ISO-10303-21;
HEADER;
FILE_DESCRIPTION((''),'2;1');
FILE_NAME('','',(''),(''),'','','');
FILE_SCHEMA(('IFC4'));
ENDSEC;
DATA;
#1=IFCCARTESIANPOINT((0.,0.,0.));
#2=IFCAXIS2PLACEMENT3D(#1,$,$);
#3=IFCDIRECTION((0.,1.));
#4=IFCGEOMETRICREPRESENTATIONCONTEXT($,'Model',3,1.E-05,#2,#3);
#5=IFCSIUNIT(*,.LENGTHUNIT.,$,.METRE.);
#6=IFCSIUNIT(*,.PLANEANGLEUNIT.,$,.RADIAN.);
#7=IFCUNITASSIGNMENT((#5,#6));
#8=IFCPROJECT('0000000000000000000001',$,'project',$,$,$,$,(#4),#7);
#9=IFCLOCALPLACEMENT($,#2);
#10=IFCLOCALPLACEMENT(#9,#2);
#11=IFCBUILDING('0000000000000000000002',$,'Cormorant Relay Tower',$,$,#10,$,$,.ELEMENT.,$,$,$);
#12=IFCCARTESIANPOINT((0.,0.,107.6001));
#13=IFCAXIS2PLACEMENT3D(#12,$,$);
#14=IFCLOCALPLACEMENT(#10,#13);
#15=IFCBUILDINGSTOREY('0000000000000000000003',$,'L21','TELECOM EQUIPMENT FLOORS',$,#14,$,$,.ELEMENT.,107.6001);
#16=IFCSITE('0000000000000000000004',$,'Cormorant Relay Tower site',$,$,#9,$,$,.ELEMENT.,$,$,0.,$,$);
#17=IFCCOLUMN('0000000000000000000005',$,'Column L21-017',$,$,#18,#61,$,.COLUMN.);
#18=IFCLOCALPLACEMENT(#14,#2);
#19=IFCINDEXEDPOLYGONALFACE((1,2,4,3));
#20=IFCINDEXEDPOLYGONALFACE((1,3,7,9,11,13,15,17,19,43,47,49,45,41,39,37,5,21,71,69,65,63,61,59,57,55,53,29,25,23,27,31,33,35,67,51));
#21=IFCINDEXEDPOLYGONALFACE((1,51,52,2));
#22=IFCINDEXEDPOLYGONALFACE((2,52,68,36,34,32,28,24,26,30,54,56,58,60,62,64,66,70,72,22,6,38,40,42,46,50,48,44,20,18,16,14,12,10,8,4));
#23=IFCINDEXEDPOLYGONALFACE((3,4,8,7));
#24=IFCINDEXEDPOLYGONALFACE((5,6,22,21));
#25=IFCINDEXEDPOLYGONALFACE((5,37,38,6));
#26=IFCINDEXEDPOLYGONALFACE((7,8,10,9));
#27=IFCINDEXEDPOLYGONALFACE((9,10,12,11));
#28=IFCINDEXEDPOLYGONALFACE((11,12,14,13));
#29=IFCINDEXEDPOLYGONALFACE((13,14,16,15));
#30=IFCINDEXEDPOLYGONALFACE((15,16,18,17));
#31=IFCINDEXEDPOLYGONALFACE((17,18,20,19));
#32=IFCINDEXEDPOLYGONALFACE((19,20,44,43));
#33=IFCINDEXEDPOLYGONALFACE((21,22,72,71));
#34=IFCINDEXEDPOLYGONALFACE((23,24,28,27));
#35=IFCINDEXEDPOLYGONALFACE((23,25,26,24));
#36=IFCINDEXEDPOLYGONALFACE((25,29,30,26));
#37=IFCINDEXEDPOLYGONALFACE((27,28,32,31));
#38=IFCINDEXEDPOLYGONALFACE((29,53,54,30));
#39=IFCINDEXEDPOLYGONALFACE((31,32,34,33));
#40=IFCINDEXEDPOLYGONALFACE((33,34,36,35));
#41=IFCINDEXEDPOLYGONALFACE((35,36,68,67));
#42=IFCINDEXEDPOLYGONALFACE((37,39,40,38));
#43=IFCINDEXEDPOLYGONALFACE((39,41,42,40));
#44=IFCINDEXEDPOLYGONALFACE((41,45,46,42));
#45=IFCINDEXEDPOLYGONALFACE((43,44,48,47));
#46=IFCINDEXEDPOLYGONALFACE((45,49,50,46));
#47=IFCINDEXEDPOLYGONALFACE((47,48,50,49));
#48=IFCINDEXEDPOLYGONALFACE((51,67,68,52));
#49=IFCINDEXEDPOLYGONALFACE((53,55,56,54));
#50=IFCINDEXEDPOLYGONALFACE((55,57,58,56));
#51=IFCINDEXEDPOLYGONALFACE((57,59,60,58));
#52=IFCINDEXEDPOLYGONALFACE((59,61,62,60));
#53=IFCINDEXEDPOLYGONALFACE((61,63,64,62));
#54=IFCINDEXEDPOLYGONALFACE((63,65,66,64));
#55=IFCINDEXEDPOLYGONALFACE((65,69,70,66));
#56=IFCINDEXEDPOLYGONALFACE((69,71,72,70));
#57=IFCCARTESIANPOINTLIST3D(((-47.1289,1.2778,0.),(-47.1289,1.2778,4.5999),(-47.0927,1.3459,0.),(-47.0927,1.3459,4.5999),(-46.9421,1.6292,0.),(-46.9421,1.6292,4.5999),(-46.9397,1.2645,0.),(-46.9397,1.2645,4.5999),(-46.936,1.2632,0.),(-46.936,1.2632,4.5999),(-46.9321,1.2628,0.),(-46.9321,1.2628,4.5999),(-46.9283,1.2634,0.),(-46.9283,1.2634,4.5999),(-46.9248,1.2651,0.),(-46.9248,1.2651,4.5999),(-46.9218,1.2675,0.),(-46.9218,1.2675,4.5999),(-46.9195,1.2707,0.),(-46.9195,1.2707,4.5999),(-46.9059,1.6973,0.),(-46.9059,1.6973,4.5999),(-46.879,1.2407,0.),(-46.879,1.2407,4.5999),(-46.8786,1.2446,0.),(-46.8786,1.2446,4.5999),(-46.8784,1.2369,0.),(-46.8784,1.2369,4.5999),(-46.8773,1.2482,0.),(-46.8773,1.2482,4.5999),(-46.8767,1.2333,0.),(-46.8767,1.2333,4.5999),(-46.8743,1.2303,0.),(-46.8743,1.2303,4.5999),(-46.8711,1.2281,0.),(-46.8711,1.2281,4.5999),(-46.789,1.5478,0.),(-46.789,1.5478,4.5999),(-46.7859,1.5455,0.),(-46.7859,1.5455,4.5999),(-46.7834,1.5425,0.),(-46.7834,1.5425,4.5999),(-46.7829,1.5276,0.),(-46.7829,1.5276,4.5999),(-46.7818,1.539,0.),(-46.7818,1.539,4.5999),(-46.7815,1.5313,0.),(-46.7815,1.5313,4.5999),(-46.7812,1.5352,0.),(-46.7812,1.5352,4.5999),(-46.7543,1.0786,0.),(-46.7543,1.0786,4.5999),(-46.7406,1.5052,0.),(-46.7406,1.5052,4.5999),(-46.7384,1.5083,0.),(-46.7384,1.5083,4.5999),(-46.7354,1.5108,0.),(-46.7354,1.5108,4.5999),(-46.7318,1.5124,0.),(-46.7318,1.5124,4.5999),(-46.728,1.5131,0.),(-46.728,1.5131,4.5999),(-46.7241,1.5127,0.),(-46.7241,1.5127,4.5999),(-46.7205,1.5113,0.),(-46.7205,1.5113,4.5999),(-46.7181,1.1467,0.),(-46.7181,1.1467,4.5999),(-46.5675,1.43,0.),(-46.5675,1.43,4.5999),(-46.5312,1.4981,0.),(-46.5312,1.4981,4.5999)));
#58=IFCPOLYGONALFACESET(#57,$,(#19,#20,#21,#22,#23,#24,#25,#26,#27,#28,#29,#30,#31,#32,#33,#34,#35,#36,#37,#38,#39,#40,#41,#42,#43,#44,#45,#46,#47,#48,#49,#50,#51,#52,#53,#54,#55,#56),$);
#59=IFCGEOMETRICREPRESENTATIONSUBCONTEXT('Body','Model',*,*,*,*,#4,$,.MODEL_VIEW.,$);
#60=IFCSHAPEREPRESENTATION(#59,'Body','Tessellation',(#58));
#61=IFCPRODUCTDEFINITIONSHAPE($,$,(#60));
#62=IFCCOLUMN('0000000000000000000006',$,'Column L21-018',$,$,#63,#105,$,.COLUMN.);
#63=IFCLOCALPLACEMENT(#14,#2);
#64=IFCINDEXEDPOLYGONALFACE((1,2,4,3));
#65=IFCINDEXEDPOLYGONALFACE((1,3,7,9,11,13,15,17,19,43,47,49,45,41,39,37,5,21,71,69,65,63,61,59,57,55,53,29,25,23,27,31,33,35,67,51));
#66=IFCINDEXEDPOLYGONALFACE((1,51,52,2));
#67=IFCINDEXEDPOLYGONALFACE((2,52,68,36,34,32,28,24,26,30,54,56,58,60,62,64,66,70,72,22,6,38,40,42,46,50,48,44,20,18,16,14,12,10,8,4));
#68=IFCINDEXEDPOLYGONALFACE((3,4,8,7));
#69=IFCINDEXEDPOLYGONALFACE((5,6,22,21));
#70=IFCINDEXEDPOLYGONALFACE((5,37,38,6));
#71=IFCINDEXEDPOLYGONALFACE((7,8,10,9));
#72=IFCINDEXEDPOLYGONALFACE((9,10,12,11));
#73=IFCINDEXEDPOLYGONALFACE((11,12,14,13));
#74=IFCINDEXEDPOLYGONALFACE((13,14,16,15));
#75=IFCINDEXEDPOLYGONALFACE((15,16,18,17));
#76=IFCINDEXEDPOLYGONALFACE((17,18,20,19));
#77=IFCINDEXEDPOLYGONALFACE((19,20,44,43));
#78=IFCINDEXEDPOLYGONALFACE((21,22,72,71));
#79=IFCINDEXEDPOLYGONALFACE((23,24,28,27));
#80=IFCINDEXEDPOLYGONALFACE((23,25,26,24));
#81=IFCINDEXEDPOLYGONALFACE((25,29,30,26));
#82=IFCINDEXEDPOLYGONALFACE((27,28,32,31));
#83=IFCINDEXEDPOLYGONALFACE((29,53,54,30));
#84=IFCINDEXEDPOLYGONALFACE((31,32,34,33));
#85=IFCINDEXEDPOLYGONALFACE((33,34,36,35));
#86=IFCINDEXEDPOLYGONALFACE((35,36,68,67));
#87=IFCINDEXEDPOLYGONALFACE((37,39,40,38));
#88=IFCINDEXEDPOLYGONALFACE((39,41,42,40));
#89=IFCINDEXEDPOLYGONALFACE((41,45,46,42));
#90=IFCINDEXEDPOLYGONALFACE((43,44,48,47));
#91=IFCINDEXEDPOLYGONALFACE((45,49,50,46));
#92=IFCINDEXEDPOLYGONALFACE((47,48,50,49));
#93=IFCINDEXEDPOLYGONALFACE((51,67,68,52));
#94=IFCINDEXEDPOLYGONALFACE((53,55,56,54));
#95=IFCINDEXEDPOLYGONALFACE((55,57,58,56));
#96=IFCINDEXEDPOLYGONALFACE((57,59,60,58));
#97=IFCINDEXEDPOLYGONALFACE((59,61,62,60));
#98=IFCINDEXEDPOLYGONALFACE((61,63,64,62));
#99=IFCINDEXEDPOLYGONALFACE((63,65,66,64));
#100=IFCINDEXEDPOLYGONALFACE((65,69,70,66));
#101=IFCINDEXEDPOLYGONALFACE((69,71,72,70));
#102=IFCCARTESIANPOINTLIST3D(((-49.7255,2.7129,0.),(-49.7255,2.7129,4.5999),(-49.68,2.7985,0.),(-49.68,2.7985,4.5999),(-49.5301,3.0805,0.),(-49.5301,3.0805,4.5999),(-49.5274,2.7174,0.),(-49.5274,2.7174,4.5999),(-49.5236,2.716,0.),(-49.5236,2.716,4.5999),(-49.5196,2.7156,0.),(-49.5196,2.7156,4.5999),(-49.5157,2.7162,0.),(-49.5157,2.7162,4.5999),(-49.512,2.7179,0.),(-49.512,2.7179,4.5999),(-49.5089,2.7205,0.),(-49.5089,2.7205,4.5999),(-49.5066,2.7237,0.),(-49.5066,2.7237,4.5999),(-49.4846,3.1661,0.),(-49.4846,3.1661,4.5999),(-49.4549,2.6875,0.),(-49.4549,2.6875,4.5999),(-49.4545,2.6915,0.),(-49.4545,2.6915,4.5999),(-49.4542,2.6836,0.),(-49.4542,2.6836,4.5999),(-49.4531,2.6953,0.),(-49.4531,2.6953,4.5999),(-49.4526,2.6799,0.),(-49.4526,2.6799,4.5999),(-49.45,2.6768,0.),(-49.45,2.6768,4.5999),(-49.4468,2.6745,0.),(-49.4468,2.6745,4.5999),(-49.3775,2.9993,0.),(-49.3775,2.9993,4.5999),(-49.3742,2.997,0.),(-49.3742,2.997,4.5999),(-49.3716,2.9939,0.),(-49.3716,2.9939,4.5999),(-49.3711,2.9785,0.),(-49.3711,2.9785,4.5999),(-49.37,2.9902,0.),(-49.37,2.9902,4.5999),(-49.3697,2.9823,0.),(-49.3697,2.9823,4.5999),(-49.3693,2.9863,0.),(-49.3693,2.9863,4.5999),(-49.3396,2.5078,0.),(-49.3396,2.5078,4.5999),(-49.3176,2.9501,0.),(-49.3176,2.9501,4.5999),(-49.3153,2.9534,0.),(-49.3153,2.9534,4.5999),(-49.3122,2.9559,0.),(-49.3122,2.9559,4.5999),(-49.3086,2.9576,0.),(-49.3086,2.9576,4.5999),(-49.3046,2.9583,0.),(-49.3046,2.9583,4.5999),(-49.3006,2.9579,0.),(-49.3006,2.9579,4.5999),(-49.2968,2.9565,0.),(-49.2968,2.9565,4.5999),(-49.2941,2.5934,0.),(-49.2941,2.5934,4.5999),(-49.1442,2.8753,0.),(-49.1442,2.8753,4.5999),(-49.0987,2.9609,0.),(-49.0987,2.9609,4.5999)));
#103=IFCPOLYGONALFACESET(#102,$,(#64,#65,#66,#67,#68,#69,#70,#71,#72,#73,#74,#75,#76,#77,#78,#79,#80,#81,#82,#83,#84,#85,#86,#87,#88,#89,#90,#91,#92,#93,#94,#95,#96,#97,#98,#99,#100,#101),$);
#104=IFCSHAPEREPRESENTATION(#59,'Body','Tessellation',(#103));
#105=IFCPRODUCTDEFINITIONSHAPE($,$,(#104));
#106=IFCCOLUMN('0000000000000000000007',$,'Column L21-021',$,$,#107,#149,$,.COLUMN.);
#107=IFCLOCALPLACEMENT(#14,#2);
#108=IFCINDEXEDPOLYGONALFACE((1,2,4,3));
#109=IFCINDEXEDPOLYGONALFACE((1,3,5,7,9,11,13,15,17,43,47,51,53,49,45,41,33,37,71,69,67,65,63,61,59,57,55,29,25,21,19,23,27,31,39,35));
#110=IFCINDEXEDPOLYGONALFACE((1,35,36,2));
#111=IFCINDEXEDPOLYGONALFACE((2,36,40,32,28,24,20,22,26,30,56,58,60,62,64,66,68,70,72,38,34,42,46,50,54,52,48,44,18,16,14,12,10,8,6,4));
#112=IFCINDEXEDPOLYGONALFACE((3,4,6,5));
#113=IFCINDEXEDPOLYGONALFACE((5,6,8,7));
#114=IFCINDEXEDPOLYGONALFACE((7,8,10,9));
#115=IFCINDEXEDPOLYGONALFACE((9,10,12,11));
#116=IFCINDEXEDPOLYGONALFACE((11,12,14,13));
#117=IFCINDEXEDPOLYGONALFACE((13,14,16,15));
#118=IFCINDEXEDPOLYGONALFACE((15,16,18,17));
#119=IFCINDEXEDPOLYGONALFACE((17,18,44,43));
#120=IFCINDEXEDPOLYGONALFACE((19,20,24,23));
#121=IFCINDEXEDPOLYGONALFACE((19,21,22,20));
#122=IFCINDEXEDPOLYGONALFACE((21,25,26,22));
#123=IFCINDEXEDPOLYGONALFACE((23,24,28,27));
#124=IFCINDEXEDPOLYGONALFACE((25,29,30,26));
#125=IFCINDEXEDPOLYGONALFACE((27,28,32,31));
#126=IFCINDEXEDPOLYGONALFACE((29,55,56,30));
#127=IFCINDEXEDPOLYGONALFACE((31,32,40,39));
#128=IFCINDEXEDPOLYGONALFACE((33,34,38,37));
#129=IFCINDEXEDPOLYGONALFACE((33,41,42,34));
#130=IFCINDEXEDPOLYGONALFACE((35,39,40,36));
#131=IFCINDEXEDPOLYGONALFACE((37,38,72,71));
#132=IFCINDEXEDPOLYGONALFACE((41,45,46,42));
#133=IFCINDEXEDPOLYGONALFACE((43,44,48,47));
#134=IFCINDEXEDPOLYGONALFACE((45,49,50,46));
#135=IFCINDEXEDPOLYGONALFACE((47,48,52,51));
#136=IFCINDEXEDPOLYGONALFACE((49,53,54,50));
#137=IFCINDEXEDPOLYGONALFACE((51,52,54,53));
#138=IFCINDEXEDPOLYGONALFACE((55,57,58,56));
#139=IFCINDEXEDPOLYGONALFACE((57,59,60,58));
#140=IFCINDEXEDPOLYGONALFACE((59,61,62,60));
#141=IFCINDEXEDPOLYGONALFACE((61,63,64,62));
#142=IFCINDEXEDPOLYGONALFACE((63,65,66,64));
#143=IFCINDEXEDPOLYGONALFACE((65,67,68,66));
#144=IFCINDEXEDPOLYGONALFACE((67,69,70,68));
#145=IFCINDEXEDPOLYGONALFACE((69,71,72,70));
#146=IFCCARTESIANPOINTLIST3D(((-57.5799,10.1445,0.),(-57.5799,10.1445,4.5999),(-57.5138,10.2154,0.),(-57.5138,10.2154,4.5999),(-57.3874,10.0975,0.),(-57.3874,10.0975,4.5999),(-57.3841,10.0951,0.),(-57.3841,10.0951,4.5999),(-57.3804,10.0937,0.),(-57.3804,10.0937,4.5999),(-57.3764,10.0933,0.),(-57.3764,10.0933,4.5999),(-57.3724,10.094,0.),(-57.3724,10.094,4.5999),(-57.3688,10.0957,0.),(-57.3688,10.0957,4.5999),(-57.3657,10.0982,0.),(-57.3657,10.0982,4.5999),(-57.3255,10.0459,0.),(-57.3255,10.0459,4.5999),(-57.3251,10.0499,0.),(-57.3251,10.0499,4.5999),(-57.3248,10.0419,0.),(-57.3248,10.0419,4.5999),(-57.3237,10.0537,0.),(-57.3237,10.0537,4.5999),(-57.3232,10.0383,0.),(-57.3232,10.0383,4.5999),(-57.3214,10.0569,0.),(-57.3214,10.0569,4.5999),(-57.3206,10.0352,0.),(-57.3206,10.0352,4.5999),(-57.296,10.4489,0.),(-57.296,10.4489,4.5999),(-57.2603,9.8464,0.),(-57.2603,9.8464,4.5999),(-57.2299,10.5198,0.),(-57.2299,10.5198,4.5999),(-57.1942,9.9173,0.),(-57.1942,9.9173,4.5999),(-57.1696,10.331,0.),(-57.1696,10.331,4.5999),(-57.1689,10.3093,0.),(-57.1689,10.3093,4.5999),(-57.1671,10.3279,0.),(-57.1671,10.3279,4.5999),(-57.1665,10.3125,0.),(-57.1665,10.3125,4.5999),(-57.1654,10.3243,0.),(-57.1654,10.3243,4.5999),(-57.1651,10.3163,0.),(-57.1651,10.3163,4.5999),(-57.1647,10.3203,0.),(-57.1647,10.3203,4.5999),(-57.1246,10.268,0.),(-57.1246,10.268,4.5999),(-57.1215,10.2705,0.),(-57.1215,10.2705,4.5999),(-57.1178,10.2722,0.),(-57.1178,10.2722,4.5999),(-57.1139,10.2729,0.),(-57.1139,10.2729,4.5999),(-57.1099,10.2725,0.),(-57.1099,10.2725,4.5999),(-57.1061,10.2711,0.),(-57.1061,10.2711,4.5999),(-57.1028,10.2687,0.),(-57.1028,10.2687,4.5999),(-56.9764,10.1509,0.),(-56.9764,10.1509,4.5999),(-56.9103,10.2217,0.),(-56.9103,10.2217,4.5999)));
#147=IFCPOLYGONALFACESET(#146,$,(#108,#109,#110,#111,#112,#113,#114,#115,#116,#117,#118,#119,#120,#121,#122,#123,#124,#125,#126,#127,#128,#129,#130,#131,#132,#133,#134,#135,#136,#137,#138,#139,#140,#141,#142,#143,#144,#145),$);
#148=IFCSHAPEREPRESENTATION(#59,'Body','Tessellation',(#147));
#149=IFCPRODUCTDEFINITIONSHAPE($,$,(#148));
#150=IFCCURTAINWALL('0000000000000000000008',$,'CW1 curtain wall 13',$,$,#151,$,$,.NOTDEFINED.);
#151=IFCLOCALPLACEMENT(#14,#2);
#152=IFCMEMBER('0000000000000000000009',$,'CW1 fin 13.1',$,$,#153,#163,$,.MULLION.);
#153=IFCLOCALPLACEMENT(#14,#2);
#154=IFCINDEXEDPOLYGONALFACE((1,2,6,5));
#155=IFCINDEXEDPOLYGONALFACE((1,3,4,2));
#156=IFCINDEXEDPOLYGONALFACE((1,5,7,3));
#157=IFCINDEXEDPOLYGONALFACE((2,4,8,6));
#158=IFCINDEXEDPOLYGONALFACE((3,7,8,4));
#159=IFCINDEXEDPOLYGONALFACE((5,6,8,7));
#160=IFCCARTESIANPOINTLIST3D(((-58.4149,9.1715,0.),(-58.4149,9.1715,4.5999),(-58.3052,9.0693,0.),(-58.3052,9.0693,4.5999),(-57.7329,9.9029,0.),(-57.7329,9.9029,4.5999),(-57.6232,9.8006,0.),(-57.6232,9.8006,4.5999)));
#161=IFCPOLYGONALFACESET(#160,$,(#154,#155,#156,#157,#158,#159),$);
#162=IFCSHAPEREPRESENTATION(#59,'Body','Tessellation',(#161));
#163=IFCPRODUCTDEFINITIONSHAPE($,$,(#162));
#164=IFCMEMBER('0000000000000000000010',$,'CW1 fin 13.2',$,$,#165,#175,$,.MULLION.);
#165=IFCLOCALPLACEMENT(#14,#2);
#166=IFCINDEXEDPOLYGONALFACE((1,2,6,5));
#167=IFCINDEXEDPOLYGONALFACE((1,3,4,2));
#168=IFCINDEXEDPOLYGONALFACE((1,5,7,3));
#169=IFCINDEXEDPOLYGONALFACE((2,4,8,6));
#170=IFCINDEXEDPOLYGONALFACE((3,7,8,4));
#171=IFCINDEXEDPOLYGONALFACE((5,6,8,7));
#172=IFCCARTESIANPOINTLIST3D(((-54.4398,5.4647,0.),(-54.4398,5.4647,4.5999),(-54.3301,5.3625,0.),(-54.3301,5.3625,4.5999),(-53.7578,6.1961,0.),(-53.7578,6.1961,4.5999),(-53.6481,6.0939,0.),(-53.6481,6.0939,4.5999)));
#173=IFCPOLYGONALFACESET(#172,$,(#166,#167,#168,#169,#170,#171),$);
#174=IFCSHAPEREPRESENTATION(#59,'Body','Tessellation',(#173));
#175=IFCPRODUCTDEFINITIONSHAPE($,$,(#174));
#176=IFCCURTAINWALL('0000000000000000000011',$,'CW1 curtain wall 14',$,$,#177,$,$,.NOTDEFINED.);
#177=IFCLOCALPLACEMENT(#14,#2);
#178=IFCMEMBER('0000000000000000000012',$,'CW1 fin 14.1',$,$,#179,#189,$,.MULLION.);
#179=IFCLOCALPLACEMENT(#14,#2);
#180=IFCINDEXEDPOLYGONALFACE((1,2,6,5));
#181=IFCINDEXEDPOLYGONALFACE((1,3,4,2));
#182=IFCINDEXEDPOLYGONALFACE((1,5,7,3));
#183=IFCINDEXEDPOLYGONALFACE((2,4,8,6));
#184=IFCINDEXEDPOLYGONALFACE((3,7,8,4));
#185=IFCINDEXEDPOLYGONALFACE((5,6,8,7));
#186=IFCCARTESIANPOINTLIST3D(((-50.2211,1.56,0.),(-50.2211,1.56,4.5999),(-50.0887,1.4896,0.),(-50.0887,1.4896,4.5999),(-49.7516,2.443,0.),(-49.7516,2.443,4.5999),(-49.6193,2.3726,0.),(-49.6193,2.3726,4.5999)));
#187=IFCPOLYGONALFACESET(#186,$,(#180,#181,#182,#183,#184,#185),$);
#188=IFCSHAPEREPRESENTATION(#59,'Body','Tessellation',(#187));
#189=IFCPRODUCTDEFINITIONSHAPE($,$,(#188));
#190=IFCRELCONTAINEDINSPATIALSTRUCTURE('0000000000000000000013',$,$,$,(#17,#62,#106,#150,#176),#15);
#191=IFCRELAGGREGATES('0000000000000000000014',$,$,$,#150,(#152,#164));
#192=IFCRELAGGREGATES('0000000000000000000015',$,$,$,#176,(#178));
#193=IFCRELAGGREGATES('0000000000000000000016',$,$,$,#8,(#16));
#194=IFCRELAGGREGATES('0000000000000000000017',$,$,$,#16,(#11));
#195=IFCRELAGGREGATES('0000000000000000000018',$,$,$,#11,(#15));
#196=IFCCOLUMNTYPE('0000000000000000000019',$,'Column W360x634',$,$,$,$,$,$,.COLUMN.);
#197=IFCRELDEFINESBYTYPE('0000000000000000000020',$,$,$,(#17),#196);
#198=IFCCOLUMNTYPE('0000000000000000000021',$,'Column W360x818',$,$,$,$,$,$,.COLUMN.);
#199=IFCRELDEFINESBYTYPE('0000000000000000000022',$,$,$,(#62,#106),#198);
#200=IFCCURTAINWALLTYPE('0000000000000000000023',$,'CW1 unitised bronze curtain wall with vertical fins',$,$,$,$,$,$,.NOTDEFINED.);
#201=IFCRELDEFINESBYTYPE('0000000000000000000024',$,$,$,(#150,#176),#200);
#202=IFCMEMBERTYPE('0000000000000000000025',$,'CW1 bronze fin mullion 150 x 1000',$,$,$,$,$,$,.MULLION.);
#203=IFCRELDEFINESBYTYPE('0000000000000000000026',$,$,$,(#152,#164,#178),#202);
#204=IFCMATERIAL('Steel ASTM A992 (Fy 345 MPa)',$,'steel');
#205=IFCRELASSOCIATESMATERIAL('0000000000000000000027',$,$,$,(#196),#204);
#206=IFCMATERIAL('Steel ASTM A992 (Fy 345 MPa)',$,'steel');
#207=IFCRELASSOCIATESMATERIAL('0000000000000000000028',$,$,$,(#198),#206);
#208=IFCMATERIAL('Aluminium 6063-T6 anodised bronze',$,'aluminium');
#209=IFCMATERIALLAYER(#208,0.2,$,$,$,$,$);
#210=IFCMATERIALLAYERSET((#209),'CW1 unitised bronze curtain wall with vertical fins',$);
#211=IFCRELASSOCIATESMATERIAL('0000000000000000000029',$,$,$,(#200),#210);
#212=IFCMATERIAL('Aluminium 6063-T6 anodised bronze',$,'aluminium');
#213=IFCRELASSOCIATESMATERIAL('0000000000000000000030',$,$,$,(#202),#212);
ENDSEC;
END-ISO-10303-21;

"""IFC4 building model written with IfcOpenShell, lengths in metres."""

from ifc_helpers import new_model, si_unit, direction, frame, origin, origin_2d, place, context, subcontext, project, spatial, rectangle, i_section, extrude, material, layer, layer_set, material_profile, profile_set, type_object, element, aggregate, save


model = new_model("IFC4")

# Units and contexts
model_context = context("Model", 3, precision=1e-05, world=origin(), true_north=direction((0.0, 1.0)))
body_context = subcontext(model_context, "Body", "Model", "MODEL_VIEW")
ifc_project = project(units=[si_unit("LENGTHUNIT", "METRE"), si_unit("PLANEANGLEUNIT", "RADIAN")], contexts=[model_context])

# Site, building, storey
site_placement = place(None, origin())
site = spatial("IfcSite", under=ifc_project, at=site_placement, Name="Cormorant Relay Tower site", CompositionType="ELEMENT", RefElevation=0.0)
building_placement = place(site_placement, origin())
building = spatial("IfcBuilding", under=site, at=building_placement, Name="Cormorant Relay Tower", CompositionType="ELEMENT")
storey_placement = place(building_placement, frame((0.0, 0.0, 107.6001)))
storey = spatial("IfcBuildingStorey", under=building, at=storey_placement, Name="L21", Description="TELECOM EQUIPMENT FLOORS", CompositionType="ELEMENT", Elevation=107.6001)

# Columns
ifc_material_1 = material(Name="Steel ASTM A992 (Fy 345 MPa)", Category="steel")
ifc_material_profile_1 = material_profile(ifc_material_1, i_section(OverallWidth=0.4243, OverallDepth=0.4751, WebThickness=0.0479, FlangeThickness=0.0771, FilletRadius=0.0149, at=origin_2d()), Name="W360x634")
ifc_profile_set_1 = profile_set([ifc_material_profile_1], Name="Steel ASTM A992 (Fy 345 MPa)")
column_type_1 = type_object("IfcColumnType", Name="Column W360x634", PredefinedType="COLUMN", material=ifc_profile_set_1)
column_placement = place(storey_placement, frame((-46.8301, 1.3879, 0.0), z_axis=(0.0, 0.0, 1.0), x_axis=(0.882948, -0.469472, 0.0)))
element("IfcColumn", 1, at=column_placement, inside=storey, type_object=column_type_1, Name="Column L21-017", PredefinedType="COLUMN", context=body_context, shape_type="SweptSolid", body=[
    extrude(i_section(OverallWidth=0.4243, OverallDepth=0.4751, WebThickness=0.0479, FlangeThickness=0.0771, FilletRadius=0.0149, at=origin_2d()), origin(), (0.0, 0.0, 1.0), 4.5999),
])
ifc_material_2 = material(Name="Steel ASTM A992 (Fy 345 MPa)", Category="steel")
ifc_material_profile_2 = material_profile(ifc_material_2, i_section(OverallWidth=0.437, OverallDepth=0.5132, WebThickness=0.0605, FlangeThickness=0.0969, FilletRadius=0.0154, at=origin_2d()), Name="W360x818")
ifc_profile_set_2 = profile_set([ifc_material_profile_2], Name="Steel ASTM A992 (Fy 345 MPa)")
column_type_2 = type_object("IfcColumnType", Name="Column W360x818", PredefinedType="COLUMN", material=ifc_profile_set_2)
for number, where, z_axis, x_axis, name in (
    (2, (-49.4121, 2.8369, 0.0), (0.0, 0.0, 1.0), (0.882948, -0.469472, 0.0), "Column L21-018"),
    (3, (-57.2451, 10.1831, 0.0), (0.0, 0.0, 1.0), (0.731354, -0.681998, 0.0), "Column L21-021"),
):
    element("IfcColumn", number, at=place(storey_placement, frame(where, z_axis=z_axis, x_axis=x_axis)), inside=storey, type_object=column_type_2, Name=name, PredefinedType="COLUMN", context=body_context, shape_type="SweptSolid", body=[
        extrude(i_section(OverallWidth=0.437, OverallDepth=0.5132, WebThickness=0.0605, FlangeThickness=0.0969, FilletRadius=0.0154, at=origin_2d()), origin(), (0.0, 0.0, 1.0), 4.5999),
    ])

# Curtain wall, members
ifc_material_3 = material(Name="Aluminium 6063-T6 anodised bronze", Category="aluminium")
ifc_layer_1 = layer(ifc_material_3, 0.2)
ifc_layer_set_1 = layer_set([ifc_layer_1], Name="CW1 unitised bronze curtain wall with vertical fins")
curtain_wall_type = type_object("IfcCurtainWallType", Name="CW1 unitised bronze curtain wall with vertical fins", PredefinedType="NOTDEFINED", material=ifc_layer_set_1)
curtain_wall_1_placement = place(storey_placement, origin())
curtain_wall_1 = element("IfcCurtainWall", 4, at=curtain_wall_1_placement, inside=storey, type_object=curtain_wall_type, Name="CW1 curtain wall 13", PredefinedType="NOTDEFINED")
ifc_material_4 = material(Name="Aluminium 6063-T6 anodised bronze", Category="aluminium")
ifc_material_profile_3 = material_profile(ifc_material_4, rectangle(XDim=0.1499, YDim=1.0, at=origin_2d()), Name="AL 150x1000")
ifc_profile_set_3 = profile_set([ifc_material_profile_3], Name="Aluminium 6063-T6 anodised bronze")
member_type_1 = type_object("IfcMemberType", Name="CW1 bronze fin mullion 150 x 1000", PredefinedType="MULLION", material=ifc_profile_set_3)
member_1_placement = place(storey_placement, frame((-58.019, 9.4861, 0.0), z_axis=(0.0, 0.0, 1.0), x_axis=(0.731354, -0.681998, 0.0)))
member_1 = element("IfcMember", 5, at=member_1_placement, type_object=member_type_1, Name="CW1 fin 13.1", PredefinedType="MULLION", context=body_context, shape_type="SweptSolid", body=[
    extrude(rectangle(XDim=0.1499, YDim=1.0, at=origin_2d()), origin(), (0.0, 0.0, 1.0), 4.5999),
])
member_2_placement = place(storey_placement, frame((-54.0439, 5.7793, 0.0), z_axis=(0.0, 0.0, 1.0), x_axis=(0.731354, -0.681998, 0.0)))
member_2 = element("IfcMember", 6, at=member_2_placement, type_object=member_type_1, Name="CW1 fin 13.2", PredefinedType="MULLION", context=body_context, shape_type="SweptSolid", body=[
    extrude(rectangle(XDim=0.1499, YDim=1.0, at=origin_2d()), origin(), (0.0, 0.0, 1.0), 4.5999),
])

# Curtain wall, member
curtain_wall_2_placement = place(storey_placement, origin())
curtain_wall_2 = element("IfcCurtainWall", 7, at=curtain_wall_2_placement, inside=storey, type_object=curtain_wall_type, Name="CW1 curtain wall 14", PredefinedType="NOTDEFINED")
member_3_placement = place(storey_placement, frame((-49.9202, 1.9663, 0.0), z_axis=(0.0, 0.0, 1.0), x_axis=(0.882948, -0.469472, 0.0)))
member_3 = element("IfcMember", 8, at=member_3_placement, type_object=member_type_1, Name="CW1 fin 14.1", PredefinedType="MULLION", context=body_context, shape_type="SweptSolid", body=[
    extrude(rectangle(XDim=0.1499, YDim=1.0, at=origin_2d()), origin(), (0.0, 0.0, 1.0), 4.5999),
])

aggregate(curtain_wall_1, [member_1, member_2])
aggregate(curtain_wall_2, [member_3])

save(model, "model.ifc")
